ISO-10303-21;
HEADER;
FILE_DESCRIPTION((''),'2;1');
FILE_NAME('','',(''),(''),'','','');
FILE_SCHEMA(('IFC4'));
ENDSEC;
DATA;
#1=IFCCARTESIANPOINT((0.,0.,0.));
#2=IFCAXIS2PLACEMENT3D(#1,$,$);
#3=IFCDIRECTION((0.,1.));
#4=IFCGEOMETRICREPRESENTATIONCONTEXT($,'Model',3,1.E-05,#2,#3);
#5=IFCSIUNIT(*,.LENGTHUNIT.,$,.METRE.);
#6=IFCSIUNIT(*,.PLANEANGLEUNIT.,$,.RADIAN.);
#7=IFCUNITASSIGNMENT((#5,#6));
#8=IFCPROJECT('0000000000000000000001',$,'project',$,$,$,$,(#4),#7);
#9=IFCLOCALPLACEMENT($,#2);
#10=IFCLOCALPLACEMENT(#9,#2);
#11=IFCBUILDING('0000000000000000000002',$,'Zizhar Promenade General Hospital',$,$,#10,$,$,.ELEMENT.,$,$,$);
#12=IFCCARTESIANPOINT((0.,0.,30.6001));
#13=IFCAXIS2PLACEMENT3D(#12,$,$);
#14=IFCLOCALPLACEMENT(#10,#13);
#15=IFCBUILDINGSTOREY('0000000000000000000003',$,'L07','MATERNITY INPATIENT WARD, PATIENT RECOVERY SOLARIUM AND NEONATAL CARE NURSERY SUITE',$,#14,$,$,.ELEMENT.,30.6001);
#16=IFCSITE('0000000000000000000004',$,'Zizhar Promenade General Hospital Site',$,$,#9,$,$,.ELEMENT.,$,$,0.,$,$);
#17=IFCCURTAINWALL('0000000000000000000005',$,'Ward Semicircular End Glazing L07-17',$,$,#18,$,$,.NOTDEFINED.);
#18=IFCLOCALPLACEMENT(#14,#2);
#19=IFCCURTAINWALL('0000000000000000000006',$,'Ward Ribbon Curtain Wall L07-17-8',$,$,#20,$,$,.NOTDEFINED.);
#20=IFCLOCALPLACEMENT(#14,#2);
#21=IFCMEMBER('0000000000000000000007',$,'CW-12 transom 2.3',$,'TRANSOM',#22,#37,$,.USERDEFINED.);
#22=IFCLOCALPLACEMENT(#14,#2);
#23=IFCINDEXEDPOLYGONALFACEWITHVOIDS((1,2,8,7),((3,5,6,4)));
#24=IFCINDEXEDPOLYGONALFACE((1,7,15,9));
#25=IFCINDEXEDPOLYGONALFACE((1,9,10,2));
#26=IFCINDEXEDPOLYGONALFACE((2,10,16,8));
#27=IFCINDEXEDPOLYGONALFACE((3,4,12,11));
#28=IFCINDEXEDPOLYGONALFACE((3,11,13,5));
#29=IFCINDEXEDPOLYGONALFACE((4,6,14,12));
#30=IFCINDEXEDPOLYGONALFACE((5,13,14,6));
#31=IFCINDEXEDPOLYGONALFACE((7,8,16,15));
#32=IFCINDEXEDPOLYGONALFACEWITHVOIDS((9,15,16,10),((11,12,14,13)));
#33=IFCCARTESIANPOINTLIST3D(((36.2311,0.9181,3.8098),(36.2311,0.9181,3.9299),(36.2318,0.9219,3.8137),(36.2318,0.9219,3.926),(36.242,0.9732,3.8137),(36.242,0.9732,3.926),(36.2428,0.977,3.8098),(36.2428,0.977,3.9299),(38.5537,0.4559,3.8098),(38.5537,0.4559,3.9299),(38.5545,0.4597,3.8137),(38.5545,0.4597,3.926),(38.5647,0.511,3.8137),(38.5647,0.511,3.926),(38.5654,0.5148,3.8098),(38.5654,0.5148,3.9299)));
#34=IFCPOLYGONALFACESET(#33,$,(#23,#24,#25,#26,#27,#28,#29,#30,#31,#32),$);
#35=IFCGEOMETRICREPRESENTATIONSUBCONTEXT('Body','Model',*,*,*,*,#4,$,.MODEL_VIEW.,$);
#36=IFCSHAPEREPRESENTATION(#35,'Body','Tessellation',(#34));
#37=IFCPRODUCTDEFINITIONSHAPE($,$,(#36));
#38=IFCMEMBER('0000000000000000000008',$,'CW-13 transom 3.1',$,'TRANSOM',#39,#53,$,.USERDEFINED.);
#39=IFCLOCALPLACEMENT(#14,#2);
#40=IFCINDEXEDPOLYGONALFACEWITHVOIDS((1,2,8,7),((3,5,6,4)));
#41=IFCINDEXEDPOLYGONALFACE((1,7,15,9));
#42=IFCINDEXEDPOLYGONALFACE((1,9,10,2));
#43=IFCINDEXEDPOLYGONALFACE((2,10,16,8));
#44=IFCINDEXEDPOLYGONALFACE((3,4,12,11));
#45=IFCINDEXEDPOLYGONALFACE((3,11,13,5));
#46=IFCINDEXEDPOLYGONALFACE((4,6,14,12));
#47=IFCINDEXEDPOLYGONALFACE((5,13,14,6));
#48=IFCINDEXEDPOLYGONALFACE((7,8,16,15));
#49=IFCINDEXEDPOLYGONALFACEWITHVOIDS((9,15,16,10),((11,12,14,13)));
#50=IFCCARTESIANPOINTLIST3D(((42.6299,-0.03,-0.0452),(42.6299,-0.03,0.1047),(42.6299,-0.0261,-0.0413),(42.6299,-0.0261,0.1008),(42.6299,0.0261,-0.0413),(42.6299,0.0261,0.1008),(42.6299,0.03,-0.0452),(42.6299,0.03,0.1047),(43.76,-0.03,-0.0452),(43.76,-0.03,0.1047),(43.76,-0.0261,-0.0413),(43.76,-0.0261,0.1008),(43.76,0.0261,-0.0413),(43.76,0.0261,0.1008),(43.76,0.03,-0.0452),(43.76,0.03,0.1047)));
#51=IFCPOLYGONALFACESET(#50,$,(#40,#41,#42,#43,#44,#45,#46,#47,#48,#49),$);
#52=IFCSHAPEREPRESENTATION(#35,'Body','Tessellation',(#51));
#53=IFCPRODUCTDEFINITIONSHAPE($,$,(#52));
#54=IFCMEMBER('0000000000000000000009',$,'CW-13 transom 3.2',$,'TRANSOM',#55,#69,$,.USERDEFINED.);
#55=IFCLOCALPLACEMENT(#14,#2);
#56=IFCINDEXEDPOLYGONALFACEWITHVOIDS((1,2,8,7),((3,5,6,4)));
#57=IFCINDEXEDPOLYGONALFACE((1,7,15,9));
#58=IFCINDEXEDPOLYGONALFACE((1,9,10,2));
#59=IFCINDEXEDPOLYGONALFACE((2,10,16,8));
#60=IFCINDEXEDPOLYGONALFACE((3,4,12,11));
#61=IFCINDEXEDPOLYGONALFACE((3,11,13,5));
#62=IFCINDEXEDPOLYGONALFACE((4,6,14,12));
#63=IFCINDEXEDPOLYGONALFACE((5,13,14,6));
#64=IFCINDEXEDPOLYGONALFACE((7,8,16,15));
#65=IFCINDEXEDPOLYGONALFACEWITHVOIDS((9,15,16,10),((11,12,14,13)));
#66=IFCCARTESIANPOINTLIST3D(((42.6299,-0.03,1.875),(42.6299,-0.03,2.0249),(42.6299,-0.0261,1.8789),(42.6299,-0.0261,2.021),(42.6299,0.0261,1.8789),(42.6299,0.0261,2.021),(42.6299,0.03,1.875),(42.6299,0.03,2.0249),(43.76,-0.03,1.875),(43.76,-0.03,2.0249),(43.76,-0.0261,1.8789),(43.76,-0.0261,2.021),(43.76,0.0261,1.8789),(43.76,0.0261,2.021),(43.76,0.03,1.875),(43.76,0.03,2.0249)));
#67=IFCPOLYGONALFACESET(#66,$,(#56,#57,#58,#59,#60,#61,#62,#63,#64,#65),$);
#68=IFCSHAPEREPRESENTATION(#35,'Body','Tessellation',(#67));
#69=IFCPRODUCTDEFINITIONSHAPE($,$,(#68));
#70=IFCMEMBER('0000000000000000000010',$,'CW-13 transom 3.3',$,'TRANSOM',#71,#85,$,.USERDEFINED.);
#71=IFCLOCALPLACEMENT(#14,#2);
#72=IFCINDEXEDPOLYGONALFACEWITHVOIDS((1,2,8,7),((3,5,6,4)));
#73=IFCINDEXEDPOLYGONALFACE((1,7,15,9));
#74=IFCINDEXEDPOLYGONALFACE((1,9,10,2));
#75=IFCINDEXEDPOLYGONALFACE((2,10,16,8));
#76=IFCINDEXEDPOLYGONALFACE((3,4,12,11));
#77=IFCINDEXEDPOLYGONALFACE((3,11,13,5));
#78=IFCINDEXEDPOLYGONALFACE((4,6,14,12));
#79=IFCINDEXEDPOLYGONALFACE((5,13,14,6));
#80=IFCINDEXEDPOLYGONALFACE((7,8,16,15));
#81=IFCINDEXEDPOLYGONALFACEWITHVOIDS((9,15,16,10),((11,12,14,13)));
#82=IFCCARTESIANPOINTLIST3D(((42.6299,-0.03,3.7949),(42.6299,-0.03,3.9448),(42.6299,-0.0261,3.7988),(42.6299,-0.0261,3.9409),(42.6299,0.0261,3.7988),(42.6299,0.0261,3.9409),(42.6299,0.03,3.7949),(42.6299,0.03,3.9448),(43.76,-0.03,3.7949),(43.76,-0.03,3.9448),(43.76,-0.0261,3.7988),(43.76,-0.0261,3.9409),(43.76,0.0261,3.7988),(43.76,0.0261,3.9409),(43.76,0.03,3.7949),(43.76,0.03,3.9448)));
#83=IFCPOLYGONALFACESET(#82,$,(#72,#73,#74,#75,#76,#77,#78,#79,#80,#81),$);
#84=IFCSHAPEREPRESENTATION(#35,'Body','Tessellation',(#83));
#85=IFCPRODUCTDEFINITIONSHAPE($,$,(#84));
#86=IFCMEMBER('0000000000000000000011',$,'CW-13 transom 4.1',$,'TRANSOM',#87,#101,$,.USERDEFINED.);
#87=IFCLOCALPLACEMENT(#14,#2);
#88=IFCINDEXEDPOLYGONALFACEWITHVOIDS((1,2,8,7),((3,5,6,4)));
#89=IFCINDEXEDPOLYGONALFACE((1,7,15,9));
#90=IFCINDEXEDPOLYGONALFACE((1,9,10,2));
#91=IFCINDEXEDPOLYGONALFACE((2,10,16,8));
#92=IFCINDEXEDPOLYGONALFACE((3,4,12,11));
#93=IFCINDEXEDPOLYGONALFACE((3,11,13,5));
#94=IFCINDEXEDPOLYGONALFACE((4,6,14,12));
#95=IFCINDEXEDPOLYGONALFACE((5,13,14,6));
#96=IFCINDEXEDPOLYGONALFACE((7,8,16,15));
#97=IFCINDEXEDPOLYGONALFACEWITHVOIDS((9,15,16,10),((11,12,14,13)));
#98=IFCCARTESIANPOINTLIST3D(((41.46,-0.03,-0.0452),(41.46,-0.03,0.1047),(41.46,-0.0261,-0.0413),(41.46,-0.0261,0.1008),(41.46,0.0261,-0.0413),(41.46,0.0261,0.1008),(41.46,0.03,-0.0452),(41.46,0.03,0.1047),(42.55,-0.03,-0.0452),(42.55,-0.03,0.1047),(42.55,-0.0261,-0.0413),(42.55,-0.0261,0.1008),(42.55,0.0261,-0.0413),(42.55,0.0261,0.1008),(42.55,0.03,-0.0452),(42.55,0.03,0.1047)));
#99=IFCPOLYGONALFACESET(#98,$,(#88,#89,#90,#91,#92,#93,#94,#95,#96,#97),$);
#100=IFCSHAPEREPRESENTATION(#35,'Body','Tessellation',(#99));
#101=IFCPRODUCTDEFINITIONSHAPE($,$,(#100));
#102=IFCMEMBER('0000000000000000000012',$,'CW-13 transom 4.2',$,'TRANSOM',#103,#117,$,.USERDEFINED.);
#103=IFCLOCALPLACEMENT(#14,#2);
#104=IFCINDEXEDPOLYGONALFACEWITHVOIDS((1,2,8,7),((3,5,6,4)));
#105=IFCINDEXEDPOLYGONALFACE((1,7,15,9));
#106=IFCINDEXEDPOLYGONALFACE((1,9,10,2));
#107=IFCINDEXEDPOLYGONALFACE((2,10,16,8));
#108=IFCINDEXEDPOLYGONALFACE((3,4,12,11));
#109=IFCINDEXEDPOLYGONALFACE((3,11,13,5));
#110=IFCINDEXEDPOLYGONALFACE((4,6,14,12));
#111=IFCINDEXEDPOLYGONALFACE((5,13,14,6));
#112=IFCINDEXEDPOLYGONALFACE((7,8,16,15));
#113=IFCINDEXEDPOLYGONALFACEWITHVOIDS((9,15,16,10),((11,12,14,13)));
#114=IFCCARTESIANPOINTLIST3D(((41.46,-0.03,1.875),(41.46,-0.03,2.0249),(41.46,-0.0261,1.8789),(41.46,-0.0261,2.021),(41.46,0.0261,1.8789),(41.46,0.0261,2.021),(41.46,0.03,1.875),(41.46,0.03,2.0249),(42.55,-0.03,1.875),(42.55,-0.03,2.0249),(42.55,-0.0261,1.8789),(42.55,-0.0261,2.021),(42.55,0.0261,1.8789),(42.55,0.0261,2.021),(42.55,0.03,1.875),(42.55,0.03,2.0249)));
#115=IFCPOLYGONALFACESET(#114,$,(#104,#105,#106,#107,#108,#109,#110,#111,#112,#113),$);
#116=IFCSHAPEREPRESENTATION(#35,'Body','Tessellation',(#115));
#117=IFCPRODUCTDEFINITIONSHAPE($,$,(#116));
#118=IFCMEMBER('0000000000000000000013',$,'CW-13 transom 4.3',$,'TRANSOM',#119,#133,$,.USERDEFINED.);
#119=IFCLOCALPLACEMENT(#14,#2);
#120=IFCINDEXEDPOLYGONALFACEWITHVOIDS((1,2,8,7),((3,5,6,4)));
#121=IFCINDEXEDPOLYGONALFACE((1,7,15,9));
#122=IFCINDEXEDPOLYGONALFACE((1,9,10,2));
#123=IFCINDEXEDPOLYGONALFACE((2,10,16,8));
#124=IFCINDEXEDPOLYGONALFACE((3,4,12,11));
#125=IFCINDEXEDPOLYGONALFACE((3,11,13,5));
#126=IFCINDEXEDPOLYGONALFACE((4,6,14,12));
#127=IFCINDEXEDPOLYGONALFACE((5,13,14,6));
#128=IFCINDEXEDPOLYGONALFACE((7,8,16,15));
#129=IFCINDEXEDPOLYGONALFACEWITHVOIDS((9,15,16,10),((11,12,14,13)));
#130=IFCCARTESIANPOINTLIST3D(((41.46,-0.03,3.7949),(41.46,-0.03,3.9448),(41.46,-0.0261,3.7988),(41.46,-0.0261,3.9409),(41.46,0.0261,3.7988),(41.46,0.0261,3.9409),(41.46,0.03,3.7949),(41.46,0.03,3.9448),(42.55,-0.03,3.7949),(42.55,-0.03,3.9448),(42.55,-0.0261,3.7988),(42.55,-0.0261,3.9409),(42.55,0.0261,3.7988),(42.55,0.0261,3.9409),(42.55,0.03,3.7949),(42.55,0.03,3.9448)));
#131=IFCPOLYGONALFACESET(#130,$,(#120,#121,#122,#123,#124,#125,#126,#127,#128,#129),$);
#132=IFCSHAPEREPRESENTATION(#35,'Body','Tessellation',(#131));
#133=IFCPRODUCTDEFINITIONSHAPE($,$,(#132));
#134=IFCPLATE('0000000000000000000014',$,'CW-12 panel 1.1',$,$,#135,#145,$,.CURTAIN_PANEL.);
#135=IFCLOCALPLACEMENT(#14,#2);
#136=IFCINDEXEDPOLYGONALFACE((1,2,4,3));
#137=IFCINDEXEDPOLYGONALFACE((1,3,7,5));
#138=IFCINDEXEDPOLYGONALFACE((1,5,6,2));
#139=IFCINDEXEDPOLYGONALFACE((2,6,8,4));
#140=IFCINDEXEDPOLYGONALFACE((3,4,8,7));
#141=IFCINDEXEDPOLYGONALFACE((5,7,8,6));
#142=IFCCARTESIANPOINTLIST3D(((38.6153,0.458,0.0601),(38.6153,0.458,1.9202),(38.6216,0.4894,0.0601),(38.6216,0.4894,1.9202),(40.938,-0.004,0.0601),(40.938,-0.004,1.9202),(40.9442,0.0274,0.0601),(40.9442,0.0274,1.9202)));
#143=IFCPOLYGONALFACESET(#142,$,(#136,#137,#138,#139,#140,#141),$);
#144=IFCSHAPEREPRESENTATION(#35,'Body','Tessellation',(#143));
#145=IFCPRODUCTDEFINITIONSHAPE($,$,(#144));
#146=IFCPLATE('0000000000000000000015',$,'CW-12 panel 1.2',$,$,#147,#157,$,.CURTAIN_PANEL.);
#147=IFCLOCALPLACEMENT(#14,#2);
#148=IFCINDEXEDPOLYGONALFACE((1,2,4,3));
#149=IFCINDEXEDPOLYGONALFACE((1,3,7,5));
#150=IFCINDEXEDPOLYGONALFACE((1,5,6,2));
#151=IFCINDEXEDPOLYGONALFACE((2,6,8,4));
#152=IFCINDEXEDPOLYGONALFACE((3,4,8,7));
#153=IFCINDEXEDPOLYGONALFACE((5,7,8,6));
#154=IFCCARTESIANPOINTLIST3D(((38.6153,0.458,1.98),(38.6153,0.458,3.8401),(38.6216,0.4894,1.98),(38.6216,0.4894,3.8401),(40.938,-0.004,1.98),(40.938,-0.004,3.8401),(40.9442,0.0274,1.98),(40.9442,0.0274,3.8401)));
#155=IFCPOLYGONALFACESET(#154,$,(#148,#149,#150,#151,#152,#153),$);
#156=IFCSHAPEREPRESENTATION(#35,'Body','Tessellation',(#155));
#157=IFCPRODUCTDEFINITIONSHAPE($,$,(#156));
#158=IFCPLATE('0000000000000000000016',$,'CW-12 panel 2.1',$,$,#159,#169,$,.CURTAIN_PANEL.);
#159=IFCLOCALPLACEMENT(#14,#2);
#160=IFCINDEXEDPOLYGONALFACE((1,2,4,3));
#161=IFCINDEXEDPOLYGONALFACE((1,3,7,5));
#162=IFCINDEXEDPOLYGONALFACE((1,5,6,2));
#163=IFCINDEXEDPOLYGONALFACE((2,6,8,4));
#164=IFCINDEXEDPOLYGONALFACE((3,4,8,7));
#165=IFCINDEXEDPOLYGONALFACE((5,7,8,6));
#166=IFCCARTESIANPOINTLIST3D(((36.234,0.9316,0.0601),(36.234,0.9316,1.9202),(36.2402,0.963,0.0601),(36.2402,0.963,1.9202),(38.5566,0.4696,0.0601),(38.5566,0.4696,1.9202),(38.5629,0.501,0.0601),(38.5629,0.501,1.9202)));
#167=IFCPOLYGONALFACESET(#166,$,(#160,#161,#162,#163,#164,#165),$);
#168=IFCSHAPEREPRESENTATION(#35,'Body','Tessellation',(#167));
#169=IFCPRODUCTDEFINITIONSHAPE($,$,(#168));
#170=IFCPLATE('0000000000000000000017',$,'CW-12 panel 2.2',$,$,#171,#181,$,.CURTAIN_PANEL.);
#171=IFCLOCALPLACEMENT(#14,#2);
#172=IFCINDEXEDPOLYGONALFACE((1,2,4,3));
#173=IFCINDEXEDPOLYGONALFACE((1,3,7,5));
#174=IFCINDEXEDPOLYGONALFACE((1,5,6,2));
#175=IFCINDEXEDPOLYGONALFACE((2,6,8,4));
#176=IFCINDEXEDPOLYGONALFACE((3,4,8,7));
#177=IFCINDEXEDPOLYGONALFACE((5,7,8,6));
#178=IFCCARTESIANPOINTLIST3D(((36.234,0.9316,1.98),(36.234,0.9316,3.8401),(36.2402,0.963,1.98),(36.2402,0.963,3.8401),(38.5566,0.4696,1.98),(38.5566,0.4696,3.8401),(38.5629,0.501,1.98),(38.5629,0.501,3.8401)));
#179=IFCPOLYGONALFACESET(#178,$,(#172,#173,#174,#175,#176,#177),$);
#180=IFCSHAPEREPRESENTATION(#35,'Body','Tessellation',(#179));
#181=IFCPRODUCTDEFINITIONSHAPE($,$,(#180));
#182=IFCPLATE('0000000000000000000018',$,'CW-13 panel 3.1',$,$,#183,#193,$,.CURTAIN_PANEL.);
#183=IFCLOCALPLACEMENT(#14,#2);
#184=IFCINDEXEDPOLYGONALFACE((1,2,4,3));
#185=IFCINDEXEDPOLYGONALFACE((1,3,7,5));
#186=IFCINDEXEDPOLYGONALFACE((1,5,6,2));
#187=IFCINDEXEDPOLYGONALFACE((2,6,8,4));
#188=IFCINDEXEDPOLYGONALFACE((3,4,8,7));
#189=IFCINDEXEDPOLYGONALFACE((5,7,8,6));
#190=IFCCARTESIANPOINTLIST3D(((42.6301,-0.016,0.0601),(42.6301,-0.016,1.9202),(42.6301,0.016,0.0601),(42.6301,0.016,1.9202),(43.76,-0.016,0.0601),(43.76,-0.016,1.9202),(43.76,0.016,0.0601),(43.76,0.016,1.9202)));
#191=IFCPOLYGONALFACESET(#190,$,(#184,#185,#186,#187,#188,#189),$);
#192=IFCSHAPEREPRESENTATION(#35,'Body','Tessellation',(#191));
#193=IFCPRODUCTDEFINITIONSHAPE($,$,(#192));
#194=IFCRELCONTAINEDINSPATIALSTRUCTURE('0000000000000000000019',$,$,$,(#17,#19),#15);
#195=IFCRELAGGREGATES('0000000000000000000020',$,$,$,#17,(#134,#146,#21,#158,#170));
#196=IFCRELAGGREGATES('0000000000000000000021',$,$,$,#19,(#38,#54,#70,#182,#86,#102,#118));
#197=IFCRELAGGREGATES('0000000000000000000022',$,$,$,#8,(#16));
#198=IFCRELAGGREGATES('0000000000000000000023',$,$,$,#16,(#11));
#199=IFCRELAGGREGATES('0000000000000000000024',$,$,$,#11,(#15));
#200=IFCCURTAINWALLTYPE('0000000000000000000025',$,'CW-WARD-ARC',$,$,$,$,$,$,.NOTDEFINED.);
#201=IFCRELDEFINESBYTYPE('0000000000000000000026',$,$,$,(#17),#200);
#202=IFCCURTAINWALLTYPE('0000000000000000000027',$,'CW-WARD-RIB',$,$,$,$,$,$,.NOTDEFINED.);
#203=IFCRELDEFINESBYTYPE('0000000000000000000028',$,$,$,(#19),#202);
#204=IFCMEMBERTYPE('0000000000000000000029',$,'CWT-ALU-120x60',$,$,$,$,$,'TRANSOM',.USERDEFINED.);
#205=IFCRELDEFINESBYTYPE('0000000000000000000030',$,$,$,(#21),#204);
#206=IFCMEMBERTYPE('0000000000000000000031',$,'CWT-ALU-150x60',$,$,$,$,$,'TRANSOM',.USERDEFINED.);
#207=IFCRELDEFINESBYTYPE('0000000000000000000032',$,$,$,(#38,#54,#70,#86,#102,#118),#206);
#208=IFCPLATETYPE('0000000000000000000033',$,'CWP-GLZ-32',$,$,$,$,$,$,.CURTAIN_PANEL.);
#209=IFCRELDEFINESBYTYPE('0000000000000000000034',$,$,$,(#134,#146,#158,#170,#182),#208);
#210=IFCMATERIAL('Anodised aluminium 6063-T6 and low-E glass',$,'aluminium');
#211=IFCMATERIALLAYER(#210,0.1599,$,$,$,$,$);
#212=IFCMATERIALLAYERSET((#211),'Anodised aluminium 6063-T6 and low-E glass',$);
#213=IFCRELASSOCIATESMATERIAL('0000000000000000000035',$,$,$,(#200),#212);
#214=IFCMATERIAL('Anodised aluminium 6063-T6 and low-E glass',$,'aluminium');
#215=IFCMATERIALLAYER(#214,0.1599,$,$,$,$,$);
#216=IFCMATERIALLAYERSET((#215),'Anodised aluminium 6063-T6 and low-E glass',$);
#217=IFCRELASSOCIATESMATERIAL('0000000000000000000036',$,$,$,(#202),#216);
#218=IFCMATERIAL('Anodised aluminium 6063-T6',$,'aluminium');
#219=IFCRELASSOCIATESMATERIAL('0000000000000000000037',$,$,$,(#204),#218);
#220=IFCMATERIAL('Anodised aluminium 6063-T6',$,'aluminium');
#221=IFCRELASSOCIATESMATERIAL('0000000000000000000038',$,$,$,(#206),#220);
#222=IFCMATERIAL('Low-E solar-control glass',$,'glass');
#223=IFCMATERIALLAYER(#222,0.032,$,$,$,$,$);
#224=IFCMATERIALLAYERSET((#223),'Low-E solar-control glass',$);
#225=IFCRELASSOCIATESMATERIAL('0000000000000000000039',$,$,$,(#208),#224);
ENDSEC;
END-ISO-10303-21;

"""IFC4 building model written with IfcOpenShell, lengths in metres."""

from ifc_helpers import new_model, si_unit, direction, frame, origin, origin_2d, place, context, subcontext, project, spatial, rectangle, hollow_rectangle, extrude, material, layer, layer_set, material_profile, profile_set, type_object, element, aggregate, save


model = new_model("IFC4")

# Units and contexts
model_context = context("Model", 3, precision=1e-05, world=origin(), true_north=direction((0.0, 1.0)))
body_context = subcontext(model_context, "Body", "Model", "MODEL_VIEW")
ifc_project = project(units=[si_unit("LENGTHUNIT", "METRE"), si_unit("PLANEANGLEUNIT", "RADIAN")], contexts=[model_context])

# Site, building, storey
site_placement = place(None, origin())
site = spatial("IfcSite", under=ifc_project, at=site_placement, Name="Zizhar Promenade General Hospital Site", CompositionType="ELEMENT", RefElevation=0.0)
building_placement = place(site_placement, origin())
building = spatial("IfcBuilding", under=site, at=building_placement, Name="Zizhar Promenade General Hospital", CompositionType="ELEMENT")
storey_placement = place(building_placement, frame((0.0, 0.0, 30.6001)))
storey = spatial("IfcBuildingStorey", under=building, at=storey_placement, Name="L07", Description="MATERNITY INPATIENT WARD, PATIENT RECOVERY SOLARIUM AND NEONATAL CARE NURSERY SUITE", CompositionType="ELEMENT", Elevation=30.6001)

# Curtain walls
ifc_material_1 = material(Name="Anodised aluminium 6063-T6 and low-E glass", Category="aluminium")
ifc_layer_1 = layer(ifc_material_1, 0.1599)
ifc_layer_set_1 = layer_set([ifc_layer_1], Name="Anodised aluminium 6063-T6 and low-E glass")
curtain_wall_type_1 = type_object("IfcCurtainWallType", Name="CW-WARD-ARC", PredefinedType="NOTDEFINED", material=ifc_layer_set_1)
curtain_wall_1_placement = place(storey_placement, origin())
curtain_wall_1 = element("IfcCurtainWall", 1, at=curtain_wall_1_placement, inside=storey, type_object=curtain_wall_type_1, Name="Ward Semicircular End Glazing L07-17", PredefinedType="NOTDEFINED")
ifc_material_2 = material(Name="Anodised aluminium 6063-T6 and low-E glass", Category="aluminium")
ifc_layer_2 = layer(ifc_material_2, 0.1599)
ifc_layer_set_2 = layer_set([ifc_layer_2], Name="Anodised aluminium 6063-T6 and low-E glass")
curtain_wall_type_2 = type_object("IfcCurtainWallType", Name="CW-WARD-RIB", PredefinedType="NOTDEFINED", material=ifc_layer_set_2)
curtain_wall_2_placement = place(storey_placement, origin())
curtain_wall_2 = element("IfcCurtainWall", 2, at=curtain_wall_2_placement, inside=storey, type_object=curtain_wall_type_2, Name="Ward Ribbon Curtain Wall L07-17-8", PredefinedType="NOTDEFINED")

# Members
ifc_material_3 = material(Name="Anodised aluminium 6063-T6", Category="aluminium")
ifc_material_profile_1 = material_profile(ifc_material_3, hollow_rectangle(XDim=0.0601, YDim=0.1201, WallThickness=0.0039, at=origin_2d()))
ifc_profile_set_1 = profile_set([ifc_material_profile_1], Name="Anodised aluminium 6063-T6")
member_type_1 = type_object("IfcMemberType", Name="CWT-ALU-120x60", ElementType="TRANSOM", PredefinedType="USERDEFINED", material=ifc_profile_set_1)
member_1_placement = place(storey_placement, frame((38.5596, 0.4854, 3.8699), z_axis=(-0.980771, 0.195164, 0.0), x_axis=(-0.195164, -0.980771, 0.0)))
member_1 = element("IfcMember", 3, at=member_1_placement, type_object=member_type_1, Name="CW-12 transom 2.3", ObjectType="TRANSOM", PredefinedType="USERDEFINED", context=body_context, shape_type="SweptSolid", body=[
    extrude(hollow_rectangle(XDim=0.0601, YDim=0.1201, WallThickness=0.0039, at=origin_2d()), origin(), (0.0, 0.0, 1.0), 2.3682),
])
ifc_material_4 = material(Name="Anodised aluminium 6063-T6", Category="aluminium")
ifc_material_profile_2 = material_profile(ifc_material_4, hollow_rectangle(XDim=0.0601, YDim=0.1499, WallThickness=0.0039, at=origin_2d()))
ifc_profile_set_2 = profile_set([ifc_material_profile_2], Name="Anodised aluminium 6063-T6")
member_type_2 = type_object("IfcMemberType", Name="CWT-ALU-150x60", ElementType="TRANSOM", PredefinedType="USERDEFINED", material=ifc_profile_set_2)
member_2_placement = place(storey_placement, frame((43.76, 0.0, 0.0298), z_axis=(-1.0, 0.0, 0.0), x_axis=(0.0, -1.0, 0.0)))
member_2 = element("IfcMember", 4, at=member_2_placement, type_object=member_type_2, Name="CW-13 transom 3.1", ObjectType="TRANSOM", PredefinedType="USERDEFINED", context=body_context, shape_type="SweptSolid", body=[
    extrude(hollow_rectangle(XDim=0.0601, YDim=0.1499, WallThickness=0.0039, at=origin_2d()), origin(), (0.0, 0.0, 1.0), 1.1301),
])
member_3_placement = place(storey_placement, frame((43.76, 0.0, 1.95), z_axis=(-1.0, 0.0, 0.0), x_axis=(0.0, -1.0, 0.0)))
member_3 = element("IfcMember", 5, at=member_3_placement, type_object=member_type_2, Name="CW-13 transom 3.2", ObjectType="TRANSOM", PredefinedType="USERDEFINED", context=body_context, shape_type="SweptSolid", body=[
    extrude(hollow_rectangle(XDim=0.0601, YDim=0.1499, WallThickness=0.0039, at=origin_2d()), origin(), (0.0, 0.0, 1.0), 1.1301),
])
member_4_placement = place(storey_placement, frame((43.76, 0.0, 3.8699), z_axis=(-1.0, 0.0, 0.0), x_axis=(0.0, -1.0, 0.0)))
member_4 = element("IfcMember", 6, at=member_4_placement, type_object=member_type_2, Name="CW-13 transom 3.3", ObjectType="TRANSOM", PredefinedType="USERDEFINED", context=body_context, shape_type="SweptSolid", body=[
    extrude(hollow_rectangle(XDim=0.0601, YDim=0.1499, WallThickness=0.0039, at=origin_2d()), origin(), (0.0, 0.0, 1.0), 1.1301),
])
member_5_placement = place(storey_placement, frame((42.55, 0.0, 0.0298), z_axis=(-1.0, 0.0, 0.0), x_axis=(0.0, -1.0, 0.0)))
member_5 = element("IfcMember", 7, at=member_5_placement, type_object=member_type_2, Name="CW-13 transom 4.1", ObjectType="TRANSOM", PredefinedType="USERDEFINED", context=body_context, shape_type="SweptSolid", body=[
    extrude(hollow_rectangle(XDim=0.0601, YDim=0.1499, WallThickness=0.0039, at=origin_2d()), origin(), (0.0, 0.0, 1.0), 1.0901),
])
member_6_placement = place(storey_placement, frame((42.55, 0.0, 1.95), z_axis=(-1.0, 0.0, 0.0), x_axis=(0.0, -1.0, 0.0)))
member_6 = element("IfcMember", 8, at=member_6_placement, type_object=member_type_2, Name="CW-13 transom 4.2", ObjectType="TRANSOM", PredefinedType="USERDEFINED", context=body_context, shape_type="SweptSolid", body=[
    extrude(hollow_rectangle(XDim=0.0601, YDim=0.1499, WallThickness=0.0039, at=origin_2d()), origin(), (0.0, 0.0, 1.0), 1.0901),
])
member_7_placement = place(storey_placement, frame((42.55, 0.0, 3.8699), z_axis=(-1.0, 0.0, 0.0), x_axis=(0.0, -1.0, 0.0)))
member_7 = element("IfcMember", 9, at=member_7_placement, type_object=member_type_2, Name="CW-13 transom 4.3", ObjectType="TRANSOM", PredefinedType="USERDEFINED", context=body_context, shape_type="SweptSolid", body=[
    extrude(hollow_rectangle(XDim=0.0601, YDim=0.1499, WallThickness=0.0039, at=origin_2d()), origin(), (0.0, 0.0, 1.0), 1.0901),
])

# Plates
ifc_material_5 = material(Name="Low-E solar-control glass", Category="glass")
ifc_layer_3 = layer(ifc_material_5, 0.032)
ifc_layer_set_3 = layer_set([ifc_layer_3], Name="Low-E solar-control glass")
plate_type = type_object("IfcPlateType", Name="CWP-GLZ-32", PredefinedType="CURTAIN_PANEL", material=ifc_layer_set_3)
plate_1_placement = place(storey_placement, frame((39.7798, 0.2427, 0.0601), z_axis=(0.0, 0.0, 1.0), x_axis=(-0.980786, 0.195087, 0.0)))
plate_1 = element("IfcPlate", 10, at=plate_1_placement, type_object=plate_type, Name="CW-12 panel 1.1", PredefinedType="CURTAIN_PANEL", context=body_context, shape_type="SweptSolid", body=[
    extrude(rectangle(XDim=2.3682, YDim=0.032, at=origin_2d()), origin(), (0.0, 0.0, 1.0), 1.8601),
])
plate_2_placement = place(storey_placement, frame((39.7798, 0.2427, 1.98), z_axis=(0.0, 0.0, 1.0), x_axis=(-0.980786, 0.195087, 0.0)))
plate_2 = element("IfcPlate", 11, at=plate_2_placement, type_object=plate_type, Name="CW-12 panel 1.2", PredefinedType="CURTAIN_PANEL", context=body_context, shape_type="SweptSolid", body=[
    extrude(rectangle(XDim=2.3682, YDim=0.032, at=origin_2d()), origin(), (0.0, 0.0, 1.0), 1.8601),
])
plate_3_placement = place(storey_placement, frame((37.3984, 0.7163, 0.0601), z_axis=(0.0, 0.0, 1.0), x_axis=(-0.980786, 0.195087, 0.0)))
plate_3 = element("IfcPlate", 12, at=plate_3_placement, type_object=plate_type, Name="CW-12 panel 2.1", PredefinedType="CURTAIN_PANEL", context=body_context, shape_type="SweptSolid", body=[
    extrude(rectangle(XDim=2.3682, YDim=0.032, at=origin_2d()), origin(), (0.0, 0.0, 1.0), 1.8601),
])
plate_4_placement = place(storey_placement, frame((37.3984, 0.7163, 1.98), z_axis=(0.0, 0.0, 1.0), x_axis=(-0.980786, 0.195087, 0.0)))
plate_4 = element("IfcPlate", 13, at=plate_4_placement, type_object=plate_type, Name="CW-12 panel 2.2", PredefinedType="CURTAIN_PANEL", context=body_context, shape_type="SweptSolid", body=[
    extrude(rectangle(XDim=2.3682, YDim=0.032, at=origin_2d()), origin(), (0.0, 0.0, 1.0), 1.8601),
])
aggregate(curtain_wall_1, [plate_1, plate_2, member_1, plate_3, plate_4])
plate_5_placement = place(storey_placement, frame((43.1951, 0.0, 0.0601), z_axis=(0.0, 0.0, 1.0), x_axis=(-1.0, 0.0, 0.0)))
plate_5 = element("IfcPlate", 14, at=plate_5_placement, type_object=plate_type, Name="CW-13 panel 3.1", PredefinedType="CURTAIN_PANEL", context=body_context, shape_type="SweptSolid", body=[
    extrude(rectangle(XDim=1.1299, YDim=0.032, at=origin_2d()), origin(), (0.0, 0.0, 1.0), 1.8601),
])
aggregate(curtain_wall_2, [member_2, member_3, member_4, plate_5, member_5, member_6, member_7])

save(model, "model.ifc")
